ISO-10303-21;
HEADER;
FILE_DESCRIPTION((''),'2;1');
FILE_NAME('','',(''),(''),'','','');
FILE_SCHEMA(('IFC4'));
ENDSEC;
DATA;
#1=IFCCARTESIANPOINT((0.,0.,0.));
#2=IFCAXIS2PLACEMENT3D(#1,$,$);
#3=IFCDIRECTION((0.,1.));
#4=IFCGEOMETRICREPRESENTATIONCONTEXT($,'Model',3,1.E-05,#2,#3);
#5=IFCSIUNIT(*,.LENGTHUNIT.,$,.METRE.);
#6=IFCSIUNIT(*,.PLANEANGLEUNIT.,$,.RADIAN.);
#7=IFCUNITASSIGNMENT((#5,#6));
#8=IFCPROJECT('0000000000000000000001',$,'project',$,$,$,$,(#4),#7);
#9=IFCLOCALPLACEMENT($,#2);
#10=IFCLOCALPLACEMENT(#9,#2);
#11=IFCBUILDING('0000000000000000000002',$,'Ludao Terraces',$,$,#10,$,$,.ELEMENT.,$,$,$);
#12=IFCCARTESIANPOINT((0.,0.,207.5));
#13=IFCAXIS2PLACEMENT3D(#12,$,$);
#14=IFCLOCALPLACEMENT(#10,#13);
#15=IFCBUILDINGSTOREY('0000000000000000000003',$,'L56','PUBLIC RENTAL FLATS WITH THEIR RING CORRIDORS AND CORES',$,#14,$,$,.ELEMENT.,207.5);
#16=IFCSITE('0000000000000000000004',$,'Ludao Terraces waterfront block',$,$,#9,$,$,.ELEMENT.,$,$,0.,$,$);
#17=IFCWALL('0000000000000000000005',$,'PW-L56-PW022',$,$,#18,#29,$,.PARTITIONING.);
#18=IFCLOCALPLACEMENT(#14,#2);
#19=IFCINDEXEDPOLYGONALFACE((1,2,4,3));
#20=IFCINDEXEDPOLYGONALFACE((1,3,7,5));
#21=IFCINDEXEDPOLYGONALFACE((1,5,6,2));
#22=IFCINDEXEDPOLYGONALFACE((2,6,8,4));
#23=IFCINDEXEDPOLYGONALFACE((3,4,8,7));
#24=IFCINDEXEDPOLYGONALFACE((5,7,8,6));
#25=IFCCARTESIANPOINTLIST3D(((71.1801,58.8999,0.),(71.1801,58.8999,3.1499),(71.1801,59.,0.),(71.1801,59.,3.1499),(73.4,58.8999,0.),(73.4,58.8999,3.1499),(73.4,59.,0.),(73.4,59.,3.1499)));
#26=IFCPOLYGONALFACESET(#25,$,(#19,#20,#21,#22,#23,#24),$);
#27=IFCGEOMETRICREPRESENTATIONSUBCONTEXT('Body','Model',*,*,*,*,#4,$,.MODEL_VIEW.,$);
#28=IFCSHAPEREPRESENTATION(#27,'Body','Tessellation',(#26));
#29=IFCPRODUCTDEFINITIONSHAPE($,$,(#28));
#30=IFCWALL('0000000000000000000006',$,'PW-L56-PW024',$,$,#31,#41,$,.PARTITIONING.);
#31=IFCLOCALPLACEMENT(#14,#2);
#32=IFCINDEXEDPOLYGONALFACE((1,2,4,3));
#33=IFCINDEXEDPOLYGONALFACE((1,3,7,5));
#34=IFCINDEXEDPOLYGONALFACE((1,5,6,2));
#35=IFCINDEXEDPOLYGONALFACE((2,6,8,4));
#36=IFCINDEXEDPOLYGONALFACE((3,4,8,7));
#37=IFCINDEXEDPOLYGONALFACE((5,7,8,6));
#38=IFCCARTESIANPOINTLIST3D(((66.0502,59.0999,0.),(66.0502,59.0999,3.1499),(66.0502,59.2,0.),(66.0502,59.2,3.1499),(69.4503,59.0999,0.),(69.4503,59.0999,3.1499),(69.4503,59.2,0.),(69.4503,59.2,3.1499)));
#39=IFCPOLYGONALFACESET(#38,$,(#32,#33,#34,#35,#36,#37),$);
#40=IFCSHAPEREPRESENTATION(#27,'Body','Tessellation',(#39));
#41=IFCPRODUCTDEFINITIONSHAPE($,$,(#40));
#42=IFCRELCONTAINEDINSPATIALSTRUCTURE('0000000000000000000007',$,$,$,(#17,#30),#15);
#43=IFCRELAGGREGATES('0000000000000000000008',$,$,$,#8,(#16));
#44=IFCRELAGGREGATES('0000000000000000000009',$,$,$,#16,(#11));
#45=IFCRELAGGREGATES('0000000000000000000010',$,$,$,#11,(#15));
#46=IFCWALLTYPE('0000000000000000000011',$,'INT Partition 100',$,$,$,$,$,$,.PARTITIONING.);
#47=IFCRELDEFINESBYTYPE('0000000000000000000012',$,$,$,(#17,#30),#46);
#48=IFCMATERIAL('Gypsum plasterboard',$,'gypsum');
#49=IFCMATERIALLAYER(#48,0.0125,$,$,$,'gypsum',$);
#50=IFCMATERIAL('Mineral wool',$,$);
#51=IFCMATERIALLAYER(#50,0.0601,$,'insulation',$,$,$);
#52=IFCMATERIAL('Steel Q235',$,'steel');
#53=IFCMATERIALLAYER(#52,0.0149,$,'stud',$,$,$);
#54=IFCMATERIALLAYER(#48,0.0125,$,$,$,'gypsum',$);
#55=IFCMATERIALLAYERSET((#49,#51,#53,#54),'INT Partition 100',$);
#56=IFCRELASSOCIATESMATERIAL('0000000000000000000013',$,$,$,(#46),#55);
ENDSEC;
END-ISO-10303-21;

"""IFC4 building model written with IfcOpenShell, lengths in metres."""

from ifc_helpers import new_model, si_unit, direction, frame, frame_2d, origin, place, context, subcontext, project, spatial, rectangle, extrude, material, layer, layer_set, type_object, element, save


model = new_model("IFC4")

# Units and contexts
model_context = context("Model", 3, precision=1e-05, world=origin(), true_north=direction((0.0, 1.0)))
body_context = subcontext(model_context, "Body", "Model", "MODEL_VIEW")
ifc_project = project(units=[si_unit("LENGTHUNIT", "METRE"), si_unit("PLANEANGLEUNIT", "RADIAN")], contexts=[model_context])

# Site, building, storey
site_placement = place(None, origin())
site = spatial("IfcSite", under=ifc_project, at=site_placement, Name="Ludao Terraces waterfront block", CompositionType="ELEMENT", RefElevation=0.0)
building_placement = place(site_placement, origin())
building = spatial("IfcBuilding", under=site, at=building_placement, Name="Ludao Terraces", CompositionType="ELEMENT")
storey_placement = place(building_placement, frame((0.0, 0.0, 207.5)))
storey = spatial("IfcBuildingStorey", under=building, at=storey_placement, Name="L56", Description="PUBLIC RENTAL FLATS WITH THEIR RING CORRIDORS AND CORES", CompositionType="ELEMENT", Elevation=207.5)

# Shared definitions
ifc_material_1 = material(Name="Steel Q235", Category="steel")

# Walls
ifc_material_2 = material(Name="Gypsum plasterboard", Category="gypsum")
ifc_layer_1 = layer(ifc_material_2, 0.0125, Category="gypsum")
ifc_material_3 = material(Name="Mineral wool")
ifc_layer_2 = layer(ifc_material_3, 0.0601, Name="insulation")
ifc_layer_3 = layer(ifc_material_1, 0.0149, Name="stud")
ifc_layer_4 = layer(ifc_material_2, 0.0125, Category="gypsum")
ifc_layer_set_1 = layer_set([ifc_layer_1, ifc_layer_2, ifc_layer_3, ifc_layer_4], Name="INT Partition 100")
wall_type_1 = type_object("IfcWallType", Name="INT Partition 100", PredefinedType="PARTITIONING", material=ifc_layer_set_1)
for number, where, z_axis, x_axis, name in (
    (1, (71.1802, 58.95, 0.0), (0.0, 0.0, 1.0), (1.0, 0.0, 0.0), "PW-L56-PW022"),
):
    element("IfcWall", number, at=place(storey_placement, frame(where, z_axis=z_axis, x_axis=x_axis)), inside=storey, type_object=wall_type_1, Name=name, PredefinedType="PARTITIONING", context=body_context, shape_type="SweptSolid", body=[
        extrude(rectangle(XDim=2.22, YDim=0.1001, at=frame_2d((1.1099, 0.0))), origin(), (0.0, 0.0, 1.0), 3.1499),
    ])
wall_1_placement = place(storey_placement, frame((66.05, 59.1499, 0.0), z_axis=(0.0, 0.0, 1.0), x_axis=(1.0, 0.0, 0.0)))
element("IfcWall", 2, at=wall_1_placement, inside=storey, type_object=wall_type_1, Name="PW-L56-PW024", PredefinedType="PARTITIONING", context=body_context, shape_type="SweptSolid", body=[
    extrude(rectangle(XDim=3.4001, YDim=0.1001, at=frame_2d((1.7002, 0.0))), origin(), (0.0, 0.0, 1.0), 3.1499),
])

save(model, "model.ifc")
